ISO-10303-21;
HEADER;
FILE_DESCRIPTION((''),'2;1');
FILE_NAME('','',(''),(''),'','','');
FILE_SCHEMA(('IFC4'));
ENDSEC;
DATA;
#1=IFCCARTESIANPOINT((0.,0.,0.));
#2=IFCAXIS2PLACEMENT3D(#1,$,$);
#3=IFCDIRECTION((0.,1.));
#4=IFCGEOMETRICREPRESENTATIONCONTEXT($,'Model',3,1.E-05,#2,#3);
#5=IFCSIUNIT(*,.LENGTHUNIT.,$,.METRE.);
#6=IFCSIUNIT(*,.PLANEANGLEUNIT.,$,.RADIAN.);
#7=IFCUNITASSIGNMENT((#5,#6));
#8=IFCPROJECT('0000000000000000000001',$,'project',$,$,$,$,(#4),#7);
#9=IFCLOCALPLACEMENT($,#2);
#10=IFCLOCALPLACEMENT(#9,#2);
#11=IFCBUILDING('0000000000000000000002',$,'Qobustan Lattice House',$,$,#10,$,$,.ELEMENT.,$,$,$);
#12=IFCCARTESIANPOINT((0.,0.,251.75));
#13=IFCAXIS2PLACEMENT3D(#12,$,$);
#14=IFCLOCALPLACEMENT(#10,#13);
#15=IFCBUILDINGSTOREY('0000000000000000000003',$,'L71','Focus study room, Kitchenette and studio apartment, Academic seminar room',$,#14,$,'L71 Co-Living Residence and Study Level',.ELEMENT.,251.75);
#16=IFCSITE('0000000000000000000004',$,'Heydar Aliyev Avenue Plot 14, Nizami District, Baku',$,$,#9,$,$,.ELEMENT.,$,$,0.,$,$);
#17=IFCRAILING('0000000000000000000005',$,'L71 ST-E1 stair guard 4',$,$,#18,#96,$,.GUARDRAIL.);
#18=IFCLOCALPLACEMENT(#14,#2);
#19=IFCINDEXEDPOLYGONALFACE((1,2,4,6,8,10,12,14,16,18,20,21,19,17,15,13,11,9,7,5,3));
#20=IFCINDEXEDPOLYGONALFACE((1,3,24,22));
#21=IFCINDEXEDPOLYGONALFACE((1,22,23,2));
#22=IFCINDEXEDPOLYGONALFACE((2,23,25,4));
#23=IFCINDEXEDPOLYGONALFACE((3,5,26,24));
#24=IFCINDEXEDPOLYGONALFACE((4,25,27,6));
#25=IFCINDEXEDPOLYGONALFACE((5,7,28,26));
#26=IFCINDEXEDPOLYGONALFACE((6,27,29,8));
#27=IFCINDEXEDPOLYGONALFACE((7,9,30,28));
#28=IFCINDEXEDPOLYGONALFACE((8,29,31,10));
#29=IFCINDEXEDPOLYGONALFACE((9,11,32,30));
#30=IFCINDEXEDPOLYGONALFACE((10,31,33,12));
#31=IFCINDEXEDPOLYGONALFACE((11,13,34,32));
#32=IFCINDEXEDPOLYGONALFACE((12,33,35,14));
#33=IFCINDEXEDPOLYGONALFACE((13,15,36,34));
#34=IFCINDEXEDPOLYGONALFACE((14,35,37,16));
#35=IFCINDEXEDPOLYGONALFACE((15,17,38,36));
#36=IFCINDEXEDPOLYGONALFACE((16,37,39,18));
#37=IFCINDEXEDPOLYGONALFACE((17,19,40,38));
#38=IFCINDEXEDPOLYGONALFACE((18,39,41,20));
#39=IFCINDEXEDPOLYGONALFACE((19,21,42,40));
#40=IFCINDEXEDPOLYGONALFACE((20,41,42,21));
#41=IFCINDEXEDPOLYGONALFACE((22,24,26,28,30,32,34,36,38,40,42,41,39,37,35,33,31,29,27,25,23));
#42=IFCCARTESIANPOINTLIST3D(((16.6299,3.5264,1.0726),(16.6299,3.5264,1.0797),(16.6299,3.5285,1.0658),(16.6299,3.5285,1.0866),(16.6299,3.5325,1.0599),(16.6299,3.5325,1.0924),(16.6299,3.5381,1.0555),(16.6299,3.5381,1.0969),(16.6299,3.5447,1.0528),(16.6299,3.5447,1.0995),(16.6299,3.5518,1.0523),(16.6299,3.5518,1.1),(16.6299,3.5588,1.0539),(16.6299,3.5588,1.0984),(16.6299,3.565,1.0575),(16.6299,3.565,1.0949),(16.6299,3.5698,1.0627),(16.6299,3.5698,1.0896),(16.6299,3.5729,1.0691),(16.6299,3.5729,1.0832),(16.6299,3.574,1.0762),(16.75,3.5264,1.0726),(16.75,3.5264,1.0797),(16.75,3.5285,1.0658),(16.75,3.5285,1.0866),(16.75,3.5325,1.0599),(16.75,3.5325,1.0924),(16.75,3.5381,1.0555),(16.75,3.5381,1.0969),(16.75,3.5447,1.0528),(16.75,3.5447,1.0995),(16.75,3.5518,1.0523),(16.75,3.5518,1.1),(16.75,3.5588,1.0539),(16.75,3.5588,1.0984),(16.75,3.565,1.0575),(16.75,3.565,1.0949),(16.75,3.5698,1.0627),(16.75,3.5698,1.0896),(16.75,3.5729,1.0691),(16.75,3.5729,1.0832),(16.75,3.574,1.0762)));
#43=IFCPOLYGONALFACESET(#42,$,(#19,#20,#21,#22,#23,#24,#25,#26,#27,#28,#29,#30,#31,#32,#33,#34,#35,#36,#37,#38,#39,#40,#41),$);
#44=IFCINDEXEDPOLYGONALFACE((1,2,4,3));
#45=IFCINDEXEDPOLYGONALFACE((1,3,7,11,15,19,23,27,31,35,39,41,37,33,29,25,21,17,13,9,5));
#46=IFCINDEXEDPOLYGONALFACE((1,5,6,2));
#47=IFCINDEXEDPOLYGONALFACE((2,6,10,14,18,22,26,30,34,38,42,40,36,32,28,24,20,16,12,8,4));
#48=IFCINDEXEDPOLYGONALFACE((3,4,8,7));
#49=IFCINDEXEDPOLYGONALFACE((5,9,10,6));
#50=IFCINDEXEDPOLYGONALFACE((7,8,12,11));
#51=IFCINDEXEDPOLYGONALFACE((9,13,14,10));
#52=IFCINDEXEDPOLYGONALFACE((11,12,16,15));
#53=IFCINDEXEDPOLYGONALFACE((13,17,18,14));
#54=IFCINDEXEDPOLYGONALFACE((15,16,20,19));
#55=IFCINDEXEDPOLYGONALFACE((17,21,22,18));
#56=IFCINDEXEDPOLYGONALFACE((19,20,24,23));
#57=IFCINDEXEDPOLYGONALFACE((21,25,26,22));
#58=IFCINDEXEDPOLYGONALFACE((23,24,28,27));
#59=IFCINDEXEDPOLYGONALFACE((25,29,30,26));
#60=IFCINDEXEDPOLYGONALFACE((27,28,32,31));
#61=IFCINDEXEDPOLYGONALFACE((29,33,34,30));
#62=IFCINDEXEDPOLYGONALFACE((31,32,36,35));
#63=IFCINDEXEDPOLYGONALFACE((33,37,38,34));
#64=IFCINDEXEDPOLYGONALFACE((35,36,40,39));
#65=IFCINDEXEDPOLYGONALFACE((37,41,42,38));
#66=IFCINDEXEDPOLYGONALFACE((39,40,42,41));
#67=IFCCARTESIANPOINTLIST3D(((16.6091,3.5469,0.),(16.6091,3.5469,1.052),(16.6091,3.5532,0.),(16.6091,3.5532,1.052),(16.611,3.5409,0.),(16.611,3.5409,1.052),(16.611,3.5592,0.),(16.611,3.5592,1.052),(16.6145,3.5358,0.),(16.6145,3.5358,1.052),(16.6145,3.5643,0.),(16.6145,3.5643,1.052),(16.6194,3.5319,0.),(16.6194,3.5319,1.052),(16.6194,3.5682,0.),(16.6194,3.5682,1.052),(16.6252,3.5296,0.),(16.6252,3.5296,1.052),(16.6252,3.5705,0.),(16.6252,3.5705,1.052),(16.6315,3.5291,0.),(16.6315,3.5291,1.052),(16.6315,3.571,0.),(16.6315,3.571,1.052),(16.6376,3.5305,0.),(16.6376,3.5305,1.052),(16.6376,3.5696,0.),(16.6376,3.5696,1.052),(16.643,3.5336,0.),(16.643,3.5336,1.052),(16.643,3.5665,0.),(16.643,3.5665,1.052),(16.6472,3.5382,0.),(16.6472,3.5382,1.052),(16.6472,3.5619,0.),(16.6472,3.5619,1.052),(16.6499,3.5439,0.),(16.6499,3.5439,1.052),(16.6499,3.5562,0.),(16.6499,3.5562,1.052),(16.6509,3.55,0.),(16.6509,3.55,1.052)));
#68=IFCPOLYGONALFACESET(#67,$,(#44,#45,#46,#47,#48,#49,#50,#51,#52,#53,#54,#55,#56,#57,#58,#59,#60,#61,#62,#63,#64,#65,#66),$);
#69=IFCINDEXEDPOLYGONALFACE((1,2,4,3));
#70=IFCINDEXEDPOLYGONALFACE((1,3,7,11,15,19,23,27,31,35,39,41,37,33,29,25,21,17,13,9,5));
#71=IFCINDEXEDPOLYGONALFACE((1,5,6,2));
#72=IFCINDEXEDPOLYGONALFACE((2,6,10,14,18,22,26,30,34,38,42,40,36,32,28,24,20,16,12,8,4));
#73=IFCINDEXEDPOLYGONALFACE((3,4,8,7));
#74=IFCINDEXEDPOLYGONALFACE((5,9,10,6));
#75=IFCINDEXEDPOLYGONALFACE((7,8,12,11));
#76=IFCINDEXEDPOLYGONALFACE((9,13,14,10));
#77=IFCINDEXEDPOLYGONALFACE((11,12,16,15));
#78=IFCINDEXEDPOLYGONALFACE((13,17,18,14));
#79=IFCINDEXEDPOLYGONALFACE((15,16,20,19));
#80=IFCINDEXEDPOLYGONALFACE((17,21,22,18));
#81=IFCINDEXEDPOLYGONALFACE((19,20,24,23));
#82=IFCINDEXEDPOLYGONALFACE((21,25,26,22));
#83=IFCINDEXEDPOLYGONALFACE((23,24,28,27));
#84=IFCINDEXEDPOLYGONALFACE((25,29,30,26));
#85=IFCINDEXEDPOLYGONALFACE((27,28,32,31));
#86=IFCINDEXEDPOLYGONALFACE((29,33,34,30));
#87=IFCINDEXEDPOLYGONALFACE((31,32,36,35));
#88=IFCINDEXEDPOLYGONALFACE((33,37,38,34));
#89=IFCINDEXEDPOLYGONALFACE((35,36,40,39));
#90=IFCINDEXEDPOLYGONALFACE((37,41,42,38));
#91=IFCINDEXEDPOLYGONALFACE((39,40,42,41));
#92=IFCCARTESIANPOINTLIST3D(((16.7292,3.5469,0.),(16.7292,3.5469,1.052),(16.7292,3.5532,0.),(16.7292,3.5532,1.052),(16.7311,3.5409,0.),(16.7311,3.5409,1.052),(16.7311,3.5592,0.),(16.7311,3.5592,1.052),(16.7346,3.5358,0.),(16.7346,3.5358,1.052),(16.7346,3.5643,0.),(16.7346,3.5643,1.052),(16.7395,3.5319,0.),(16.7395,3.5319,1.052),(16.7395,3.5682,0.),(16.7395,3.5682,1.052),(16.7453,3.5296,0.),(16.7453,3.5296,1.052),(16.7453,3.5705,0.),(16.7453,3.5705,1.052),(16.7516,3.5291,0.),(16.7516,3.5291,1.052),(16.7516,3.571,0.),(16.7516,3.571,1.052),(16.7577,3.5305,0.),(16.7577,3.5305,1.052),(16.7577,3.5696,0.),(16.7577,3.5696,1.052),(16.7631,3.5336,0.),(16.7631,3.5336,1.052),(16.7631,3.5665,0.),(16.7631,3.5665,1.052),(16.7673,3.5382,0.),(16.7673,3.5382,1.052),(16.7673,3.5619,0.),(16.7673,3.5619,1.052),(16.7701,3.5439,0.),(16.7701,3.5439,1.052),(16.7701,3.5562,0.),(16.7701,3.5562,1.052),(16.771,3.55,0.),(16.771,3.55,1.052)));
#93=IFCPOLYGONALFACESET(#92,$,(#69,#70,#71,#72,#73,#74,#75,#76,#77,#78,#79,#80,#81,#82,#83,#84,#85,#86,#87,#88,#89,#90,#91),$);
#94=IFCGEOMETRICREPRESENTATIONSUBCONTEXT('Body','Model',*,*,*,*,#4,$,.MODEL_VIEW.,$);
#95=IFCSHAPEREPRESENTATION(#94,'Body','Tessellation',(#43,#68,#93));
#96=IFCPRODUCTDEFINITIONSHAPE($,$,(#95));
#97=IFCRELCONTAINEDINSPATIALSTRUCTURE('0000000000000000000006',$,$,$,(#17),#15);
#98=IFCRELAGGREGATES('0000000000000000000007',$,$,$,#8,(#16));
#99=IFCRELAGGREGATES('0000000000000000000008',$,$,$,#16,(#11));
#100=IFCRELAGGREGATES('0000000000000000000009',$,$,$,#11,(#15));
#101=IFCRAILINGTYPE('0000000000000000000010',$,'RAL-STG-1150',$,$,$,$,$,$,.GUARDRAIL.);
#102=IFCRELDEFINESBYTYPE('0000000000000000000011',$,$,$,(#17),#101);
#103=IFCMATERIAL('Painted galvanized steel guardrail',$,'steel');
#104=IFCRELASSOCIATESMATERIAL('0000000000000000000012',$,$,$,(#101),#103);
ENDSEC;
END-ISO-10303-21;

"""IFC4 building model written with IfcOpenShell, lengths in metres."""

from ifc_helpers import new_model, si_unit, direction, frame, origin, origin_2d, place, context, subcontext, project, spatial, circle, extrude, material, type_object, element, save


model = new_model("IFC4")

# Units and contexts
model_context = context("Model", 3, precision=1e-05, world=origin(), true_north=direction((0.0, 1.0)))
body_context = subcontext(model_context, "Body", "Model", "MODEL_VIEW")
ifc_project = project(units=[si_unit("LENGTHUNIT", "METRE"), si_unit("PLANEANGLEUNIT", "RADIAN")], contexts=[model_context])

# Site, building, storey
site_placement = place(None, origin())
site = spatial("IfcSite", under=ifc_project, at=site_placement, Name="Heydar Aliyev Avenue Plot 14, Nizami District, Baku", CompositionType="ELEMENT", RefElevation=0.0)
building_placement = place(site_placement, origin())
building = spatial("IfcBuilding", under=site, at=building_placement, Name="Qobustan Lattice House", CompositionType="ELEMENT")
storey_placement = place(building_placement, frame((0.0, 0.0, 251.75)))
storey = spatial("IfcBuildingStorey", under=building, at=storey_placement, Name="L71", Description="Focus study room, Kitchenette and studio apartment, Academic seminar room", LongName="L71 Co-Living Residence and Study Level", CompositionType="ELEMENT", Elevation=251.75)

# Railing
ifc_material_1 = material(Name="Painted galvanized steel guardrail", Category="steel")
railing_type_1 = type_object("IfcRailingType", Name="RAL-STG-1150", PredefinedType="GUARDRAIL", material=ifc_material_1)
railing_1_placement = place(storey_placement, frame((16.6299, 3.55, 0.0)))
element("IfcRailing", 1, at=railing_1_placement, inside=storey, type_object=railing_type_1, Name="L71 ST-E1 stair guard 4", PredefinedType="GUARDRAIL", context=body_context, shape_type="SweptSolid", body=[
    extrude(circle(Radius=0.0239, at=origin_2d()), frame((0.0, 0.0, 1.0762), z_axis=(1.0, 0.0, 0.0), x_axis=(0.0, 1.0, 0.0)), (0.0, 0.0, 1.0), 0.1201),
    extrude(circle(Radius=0.021, at=origin_2d()), origin(), (0.0, 0.0, 1.0), 1.052),
    extrude(circle(Radius=0.021, at=origin_2d()), frame((0.1201, 0.0, 0.0)), (0.0, 0.0, 1.0), 1.052),
])

save(model, "model.ifc")
